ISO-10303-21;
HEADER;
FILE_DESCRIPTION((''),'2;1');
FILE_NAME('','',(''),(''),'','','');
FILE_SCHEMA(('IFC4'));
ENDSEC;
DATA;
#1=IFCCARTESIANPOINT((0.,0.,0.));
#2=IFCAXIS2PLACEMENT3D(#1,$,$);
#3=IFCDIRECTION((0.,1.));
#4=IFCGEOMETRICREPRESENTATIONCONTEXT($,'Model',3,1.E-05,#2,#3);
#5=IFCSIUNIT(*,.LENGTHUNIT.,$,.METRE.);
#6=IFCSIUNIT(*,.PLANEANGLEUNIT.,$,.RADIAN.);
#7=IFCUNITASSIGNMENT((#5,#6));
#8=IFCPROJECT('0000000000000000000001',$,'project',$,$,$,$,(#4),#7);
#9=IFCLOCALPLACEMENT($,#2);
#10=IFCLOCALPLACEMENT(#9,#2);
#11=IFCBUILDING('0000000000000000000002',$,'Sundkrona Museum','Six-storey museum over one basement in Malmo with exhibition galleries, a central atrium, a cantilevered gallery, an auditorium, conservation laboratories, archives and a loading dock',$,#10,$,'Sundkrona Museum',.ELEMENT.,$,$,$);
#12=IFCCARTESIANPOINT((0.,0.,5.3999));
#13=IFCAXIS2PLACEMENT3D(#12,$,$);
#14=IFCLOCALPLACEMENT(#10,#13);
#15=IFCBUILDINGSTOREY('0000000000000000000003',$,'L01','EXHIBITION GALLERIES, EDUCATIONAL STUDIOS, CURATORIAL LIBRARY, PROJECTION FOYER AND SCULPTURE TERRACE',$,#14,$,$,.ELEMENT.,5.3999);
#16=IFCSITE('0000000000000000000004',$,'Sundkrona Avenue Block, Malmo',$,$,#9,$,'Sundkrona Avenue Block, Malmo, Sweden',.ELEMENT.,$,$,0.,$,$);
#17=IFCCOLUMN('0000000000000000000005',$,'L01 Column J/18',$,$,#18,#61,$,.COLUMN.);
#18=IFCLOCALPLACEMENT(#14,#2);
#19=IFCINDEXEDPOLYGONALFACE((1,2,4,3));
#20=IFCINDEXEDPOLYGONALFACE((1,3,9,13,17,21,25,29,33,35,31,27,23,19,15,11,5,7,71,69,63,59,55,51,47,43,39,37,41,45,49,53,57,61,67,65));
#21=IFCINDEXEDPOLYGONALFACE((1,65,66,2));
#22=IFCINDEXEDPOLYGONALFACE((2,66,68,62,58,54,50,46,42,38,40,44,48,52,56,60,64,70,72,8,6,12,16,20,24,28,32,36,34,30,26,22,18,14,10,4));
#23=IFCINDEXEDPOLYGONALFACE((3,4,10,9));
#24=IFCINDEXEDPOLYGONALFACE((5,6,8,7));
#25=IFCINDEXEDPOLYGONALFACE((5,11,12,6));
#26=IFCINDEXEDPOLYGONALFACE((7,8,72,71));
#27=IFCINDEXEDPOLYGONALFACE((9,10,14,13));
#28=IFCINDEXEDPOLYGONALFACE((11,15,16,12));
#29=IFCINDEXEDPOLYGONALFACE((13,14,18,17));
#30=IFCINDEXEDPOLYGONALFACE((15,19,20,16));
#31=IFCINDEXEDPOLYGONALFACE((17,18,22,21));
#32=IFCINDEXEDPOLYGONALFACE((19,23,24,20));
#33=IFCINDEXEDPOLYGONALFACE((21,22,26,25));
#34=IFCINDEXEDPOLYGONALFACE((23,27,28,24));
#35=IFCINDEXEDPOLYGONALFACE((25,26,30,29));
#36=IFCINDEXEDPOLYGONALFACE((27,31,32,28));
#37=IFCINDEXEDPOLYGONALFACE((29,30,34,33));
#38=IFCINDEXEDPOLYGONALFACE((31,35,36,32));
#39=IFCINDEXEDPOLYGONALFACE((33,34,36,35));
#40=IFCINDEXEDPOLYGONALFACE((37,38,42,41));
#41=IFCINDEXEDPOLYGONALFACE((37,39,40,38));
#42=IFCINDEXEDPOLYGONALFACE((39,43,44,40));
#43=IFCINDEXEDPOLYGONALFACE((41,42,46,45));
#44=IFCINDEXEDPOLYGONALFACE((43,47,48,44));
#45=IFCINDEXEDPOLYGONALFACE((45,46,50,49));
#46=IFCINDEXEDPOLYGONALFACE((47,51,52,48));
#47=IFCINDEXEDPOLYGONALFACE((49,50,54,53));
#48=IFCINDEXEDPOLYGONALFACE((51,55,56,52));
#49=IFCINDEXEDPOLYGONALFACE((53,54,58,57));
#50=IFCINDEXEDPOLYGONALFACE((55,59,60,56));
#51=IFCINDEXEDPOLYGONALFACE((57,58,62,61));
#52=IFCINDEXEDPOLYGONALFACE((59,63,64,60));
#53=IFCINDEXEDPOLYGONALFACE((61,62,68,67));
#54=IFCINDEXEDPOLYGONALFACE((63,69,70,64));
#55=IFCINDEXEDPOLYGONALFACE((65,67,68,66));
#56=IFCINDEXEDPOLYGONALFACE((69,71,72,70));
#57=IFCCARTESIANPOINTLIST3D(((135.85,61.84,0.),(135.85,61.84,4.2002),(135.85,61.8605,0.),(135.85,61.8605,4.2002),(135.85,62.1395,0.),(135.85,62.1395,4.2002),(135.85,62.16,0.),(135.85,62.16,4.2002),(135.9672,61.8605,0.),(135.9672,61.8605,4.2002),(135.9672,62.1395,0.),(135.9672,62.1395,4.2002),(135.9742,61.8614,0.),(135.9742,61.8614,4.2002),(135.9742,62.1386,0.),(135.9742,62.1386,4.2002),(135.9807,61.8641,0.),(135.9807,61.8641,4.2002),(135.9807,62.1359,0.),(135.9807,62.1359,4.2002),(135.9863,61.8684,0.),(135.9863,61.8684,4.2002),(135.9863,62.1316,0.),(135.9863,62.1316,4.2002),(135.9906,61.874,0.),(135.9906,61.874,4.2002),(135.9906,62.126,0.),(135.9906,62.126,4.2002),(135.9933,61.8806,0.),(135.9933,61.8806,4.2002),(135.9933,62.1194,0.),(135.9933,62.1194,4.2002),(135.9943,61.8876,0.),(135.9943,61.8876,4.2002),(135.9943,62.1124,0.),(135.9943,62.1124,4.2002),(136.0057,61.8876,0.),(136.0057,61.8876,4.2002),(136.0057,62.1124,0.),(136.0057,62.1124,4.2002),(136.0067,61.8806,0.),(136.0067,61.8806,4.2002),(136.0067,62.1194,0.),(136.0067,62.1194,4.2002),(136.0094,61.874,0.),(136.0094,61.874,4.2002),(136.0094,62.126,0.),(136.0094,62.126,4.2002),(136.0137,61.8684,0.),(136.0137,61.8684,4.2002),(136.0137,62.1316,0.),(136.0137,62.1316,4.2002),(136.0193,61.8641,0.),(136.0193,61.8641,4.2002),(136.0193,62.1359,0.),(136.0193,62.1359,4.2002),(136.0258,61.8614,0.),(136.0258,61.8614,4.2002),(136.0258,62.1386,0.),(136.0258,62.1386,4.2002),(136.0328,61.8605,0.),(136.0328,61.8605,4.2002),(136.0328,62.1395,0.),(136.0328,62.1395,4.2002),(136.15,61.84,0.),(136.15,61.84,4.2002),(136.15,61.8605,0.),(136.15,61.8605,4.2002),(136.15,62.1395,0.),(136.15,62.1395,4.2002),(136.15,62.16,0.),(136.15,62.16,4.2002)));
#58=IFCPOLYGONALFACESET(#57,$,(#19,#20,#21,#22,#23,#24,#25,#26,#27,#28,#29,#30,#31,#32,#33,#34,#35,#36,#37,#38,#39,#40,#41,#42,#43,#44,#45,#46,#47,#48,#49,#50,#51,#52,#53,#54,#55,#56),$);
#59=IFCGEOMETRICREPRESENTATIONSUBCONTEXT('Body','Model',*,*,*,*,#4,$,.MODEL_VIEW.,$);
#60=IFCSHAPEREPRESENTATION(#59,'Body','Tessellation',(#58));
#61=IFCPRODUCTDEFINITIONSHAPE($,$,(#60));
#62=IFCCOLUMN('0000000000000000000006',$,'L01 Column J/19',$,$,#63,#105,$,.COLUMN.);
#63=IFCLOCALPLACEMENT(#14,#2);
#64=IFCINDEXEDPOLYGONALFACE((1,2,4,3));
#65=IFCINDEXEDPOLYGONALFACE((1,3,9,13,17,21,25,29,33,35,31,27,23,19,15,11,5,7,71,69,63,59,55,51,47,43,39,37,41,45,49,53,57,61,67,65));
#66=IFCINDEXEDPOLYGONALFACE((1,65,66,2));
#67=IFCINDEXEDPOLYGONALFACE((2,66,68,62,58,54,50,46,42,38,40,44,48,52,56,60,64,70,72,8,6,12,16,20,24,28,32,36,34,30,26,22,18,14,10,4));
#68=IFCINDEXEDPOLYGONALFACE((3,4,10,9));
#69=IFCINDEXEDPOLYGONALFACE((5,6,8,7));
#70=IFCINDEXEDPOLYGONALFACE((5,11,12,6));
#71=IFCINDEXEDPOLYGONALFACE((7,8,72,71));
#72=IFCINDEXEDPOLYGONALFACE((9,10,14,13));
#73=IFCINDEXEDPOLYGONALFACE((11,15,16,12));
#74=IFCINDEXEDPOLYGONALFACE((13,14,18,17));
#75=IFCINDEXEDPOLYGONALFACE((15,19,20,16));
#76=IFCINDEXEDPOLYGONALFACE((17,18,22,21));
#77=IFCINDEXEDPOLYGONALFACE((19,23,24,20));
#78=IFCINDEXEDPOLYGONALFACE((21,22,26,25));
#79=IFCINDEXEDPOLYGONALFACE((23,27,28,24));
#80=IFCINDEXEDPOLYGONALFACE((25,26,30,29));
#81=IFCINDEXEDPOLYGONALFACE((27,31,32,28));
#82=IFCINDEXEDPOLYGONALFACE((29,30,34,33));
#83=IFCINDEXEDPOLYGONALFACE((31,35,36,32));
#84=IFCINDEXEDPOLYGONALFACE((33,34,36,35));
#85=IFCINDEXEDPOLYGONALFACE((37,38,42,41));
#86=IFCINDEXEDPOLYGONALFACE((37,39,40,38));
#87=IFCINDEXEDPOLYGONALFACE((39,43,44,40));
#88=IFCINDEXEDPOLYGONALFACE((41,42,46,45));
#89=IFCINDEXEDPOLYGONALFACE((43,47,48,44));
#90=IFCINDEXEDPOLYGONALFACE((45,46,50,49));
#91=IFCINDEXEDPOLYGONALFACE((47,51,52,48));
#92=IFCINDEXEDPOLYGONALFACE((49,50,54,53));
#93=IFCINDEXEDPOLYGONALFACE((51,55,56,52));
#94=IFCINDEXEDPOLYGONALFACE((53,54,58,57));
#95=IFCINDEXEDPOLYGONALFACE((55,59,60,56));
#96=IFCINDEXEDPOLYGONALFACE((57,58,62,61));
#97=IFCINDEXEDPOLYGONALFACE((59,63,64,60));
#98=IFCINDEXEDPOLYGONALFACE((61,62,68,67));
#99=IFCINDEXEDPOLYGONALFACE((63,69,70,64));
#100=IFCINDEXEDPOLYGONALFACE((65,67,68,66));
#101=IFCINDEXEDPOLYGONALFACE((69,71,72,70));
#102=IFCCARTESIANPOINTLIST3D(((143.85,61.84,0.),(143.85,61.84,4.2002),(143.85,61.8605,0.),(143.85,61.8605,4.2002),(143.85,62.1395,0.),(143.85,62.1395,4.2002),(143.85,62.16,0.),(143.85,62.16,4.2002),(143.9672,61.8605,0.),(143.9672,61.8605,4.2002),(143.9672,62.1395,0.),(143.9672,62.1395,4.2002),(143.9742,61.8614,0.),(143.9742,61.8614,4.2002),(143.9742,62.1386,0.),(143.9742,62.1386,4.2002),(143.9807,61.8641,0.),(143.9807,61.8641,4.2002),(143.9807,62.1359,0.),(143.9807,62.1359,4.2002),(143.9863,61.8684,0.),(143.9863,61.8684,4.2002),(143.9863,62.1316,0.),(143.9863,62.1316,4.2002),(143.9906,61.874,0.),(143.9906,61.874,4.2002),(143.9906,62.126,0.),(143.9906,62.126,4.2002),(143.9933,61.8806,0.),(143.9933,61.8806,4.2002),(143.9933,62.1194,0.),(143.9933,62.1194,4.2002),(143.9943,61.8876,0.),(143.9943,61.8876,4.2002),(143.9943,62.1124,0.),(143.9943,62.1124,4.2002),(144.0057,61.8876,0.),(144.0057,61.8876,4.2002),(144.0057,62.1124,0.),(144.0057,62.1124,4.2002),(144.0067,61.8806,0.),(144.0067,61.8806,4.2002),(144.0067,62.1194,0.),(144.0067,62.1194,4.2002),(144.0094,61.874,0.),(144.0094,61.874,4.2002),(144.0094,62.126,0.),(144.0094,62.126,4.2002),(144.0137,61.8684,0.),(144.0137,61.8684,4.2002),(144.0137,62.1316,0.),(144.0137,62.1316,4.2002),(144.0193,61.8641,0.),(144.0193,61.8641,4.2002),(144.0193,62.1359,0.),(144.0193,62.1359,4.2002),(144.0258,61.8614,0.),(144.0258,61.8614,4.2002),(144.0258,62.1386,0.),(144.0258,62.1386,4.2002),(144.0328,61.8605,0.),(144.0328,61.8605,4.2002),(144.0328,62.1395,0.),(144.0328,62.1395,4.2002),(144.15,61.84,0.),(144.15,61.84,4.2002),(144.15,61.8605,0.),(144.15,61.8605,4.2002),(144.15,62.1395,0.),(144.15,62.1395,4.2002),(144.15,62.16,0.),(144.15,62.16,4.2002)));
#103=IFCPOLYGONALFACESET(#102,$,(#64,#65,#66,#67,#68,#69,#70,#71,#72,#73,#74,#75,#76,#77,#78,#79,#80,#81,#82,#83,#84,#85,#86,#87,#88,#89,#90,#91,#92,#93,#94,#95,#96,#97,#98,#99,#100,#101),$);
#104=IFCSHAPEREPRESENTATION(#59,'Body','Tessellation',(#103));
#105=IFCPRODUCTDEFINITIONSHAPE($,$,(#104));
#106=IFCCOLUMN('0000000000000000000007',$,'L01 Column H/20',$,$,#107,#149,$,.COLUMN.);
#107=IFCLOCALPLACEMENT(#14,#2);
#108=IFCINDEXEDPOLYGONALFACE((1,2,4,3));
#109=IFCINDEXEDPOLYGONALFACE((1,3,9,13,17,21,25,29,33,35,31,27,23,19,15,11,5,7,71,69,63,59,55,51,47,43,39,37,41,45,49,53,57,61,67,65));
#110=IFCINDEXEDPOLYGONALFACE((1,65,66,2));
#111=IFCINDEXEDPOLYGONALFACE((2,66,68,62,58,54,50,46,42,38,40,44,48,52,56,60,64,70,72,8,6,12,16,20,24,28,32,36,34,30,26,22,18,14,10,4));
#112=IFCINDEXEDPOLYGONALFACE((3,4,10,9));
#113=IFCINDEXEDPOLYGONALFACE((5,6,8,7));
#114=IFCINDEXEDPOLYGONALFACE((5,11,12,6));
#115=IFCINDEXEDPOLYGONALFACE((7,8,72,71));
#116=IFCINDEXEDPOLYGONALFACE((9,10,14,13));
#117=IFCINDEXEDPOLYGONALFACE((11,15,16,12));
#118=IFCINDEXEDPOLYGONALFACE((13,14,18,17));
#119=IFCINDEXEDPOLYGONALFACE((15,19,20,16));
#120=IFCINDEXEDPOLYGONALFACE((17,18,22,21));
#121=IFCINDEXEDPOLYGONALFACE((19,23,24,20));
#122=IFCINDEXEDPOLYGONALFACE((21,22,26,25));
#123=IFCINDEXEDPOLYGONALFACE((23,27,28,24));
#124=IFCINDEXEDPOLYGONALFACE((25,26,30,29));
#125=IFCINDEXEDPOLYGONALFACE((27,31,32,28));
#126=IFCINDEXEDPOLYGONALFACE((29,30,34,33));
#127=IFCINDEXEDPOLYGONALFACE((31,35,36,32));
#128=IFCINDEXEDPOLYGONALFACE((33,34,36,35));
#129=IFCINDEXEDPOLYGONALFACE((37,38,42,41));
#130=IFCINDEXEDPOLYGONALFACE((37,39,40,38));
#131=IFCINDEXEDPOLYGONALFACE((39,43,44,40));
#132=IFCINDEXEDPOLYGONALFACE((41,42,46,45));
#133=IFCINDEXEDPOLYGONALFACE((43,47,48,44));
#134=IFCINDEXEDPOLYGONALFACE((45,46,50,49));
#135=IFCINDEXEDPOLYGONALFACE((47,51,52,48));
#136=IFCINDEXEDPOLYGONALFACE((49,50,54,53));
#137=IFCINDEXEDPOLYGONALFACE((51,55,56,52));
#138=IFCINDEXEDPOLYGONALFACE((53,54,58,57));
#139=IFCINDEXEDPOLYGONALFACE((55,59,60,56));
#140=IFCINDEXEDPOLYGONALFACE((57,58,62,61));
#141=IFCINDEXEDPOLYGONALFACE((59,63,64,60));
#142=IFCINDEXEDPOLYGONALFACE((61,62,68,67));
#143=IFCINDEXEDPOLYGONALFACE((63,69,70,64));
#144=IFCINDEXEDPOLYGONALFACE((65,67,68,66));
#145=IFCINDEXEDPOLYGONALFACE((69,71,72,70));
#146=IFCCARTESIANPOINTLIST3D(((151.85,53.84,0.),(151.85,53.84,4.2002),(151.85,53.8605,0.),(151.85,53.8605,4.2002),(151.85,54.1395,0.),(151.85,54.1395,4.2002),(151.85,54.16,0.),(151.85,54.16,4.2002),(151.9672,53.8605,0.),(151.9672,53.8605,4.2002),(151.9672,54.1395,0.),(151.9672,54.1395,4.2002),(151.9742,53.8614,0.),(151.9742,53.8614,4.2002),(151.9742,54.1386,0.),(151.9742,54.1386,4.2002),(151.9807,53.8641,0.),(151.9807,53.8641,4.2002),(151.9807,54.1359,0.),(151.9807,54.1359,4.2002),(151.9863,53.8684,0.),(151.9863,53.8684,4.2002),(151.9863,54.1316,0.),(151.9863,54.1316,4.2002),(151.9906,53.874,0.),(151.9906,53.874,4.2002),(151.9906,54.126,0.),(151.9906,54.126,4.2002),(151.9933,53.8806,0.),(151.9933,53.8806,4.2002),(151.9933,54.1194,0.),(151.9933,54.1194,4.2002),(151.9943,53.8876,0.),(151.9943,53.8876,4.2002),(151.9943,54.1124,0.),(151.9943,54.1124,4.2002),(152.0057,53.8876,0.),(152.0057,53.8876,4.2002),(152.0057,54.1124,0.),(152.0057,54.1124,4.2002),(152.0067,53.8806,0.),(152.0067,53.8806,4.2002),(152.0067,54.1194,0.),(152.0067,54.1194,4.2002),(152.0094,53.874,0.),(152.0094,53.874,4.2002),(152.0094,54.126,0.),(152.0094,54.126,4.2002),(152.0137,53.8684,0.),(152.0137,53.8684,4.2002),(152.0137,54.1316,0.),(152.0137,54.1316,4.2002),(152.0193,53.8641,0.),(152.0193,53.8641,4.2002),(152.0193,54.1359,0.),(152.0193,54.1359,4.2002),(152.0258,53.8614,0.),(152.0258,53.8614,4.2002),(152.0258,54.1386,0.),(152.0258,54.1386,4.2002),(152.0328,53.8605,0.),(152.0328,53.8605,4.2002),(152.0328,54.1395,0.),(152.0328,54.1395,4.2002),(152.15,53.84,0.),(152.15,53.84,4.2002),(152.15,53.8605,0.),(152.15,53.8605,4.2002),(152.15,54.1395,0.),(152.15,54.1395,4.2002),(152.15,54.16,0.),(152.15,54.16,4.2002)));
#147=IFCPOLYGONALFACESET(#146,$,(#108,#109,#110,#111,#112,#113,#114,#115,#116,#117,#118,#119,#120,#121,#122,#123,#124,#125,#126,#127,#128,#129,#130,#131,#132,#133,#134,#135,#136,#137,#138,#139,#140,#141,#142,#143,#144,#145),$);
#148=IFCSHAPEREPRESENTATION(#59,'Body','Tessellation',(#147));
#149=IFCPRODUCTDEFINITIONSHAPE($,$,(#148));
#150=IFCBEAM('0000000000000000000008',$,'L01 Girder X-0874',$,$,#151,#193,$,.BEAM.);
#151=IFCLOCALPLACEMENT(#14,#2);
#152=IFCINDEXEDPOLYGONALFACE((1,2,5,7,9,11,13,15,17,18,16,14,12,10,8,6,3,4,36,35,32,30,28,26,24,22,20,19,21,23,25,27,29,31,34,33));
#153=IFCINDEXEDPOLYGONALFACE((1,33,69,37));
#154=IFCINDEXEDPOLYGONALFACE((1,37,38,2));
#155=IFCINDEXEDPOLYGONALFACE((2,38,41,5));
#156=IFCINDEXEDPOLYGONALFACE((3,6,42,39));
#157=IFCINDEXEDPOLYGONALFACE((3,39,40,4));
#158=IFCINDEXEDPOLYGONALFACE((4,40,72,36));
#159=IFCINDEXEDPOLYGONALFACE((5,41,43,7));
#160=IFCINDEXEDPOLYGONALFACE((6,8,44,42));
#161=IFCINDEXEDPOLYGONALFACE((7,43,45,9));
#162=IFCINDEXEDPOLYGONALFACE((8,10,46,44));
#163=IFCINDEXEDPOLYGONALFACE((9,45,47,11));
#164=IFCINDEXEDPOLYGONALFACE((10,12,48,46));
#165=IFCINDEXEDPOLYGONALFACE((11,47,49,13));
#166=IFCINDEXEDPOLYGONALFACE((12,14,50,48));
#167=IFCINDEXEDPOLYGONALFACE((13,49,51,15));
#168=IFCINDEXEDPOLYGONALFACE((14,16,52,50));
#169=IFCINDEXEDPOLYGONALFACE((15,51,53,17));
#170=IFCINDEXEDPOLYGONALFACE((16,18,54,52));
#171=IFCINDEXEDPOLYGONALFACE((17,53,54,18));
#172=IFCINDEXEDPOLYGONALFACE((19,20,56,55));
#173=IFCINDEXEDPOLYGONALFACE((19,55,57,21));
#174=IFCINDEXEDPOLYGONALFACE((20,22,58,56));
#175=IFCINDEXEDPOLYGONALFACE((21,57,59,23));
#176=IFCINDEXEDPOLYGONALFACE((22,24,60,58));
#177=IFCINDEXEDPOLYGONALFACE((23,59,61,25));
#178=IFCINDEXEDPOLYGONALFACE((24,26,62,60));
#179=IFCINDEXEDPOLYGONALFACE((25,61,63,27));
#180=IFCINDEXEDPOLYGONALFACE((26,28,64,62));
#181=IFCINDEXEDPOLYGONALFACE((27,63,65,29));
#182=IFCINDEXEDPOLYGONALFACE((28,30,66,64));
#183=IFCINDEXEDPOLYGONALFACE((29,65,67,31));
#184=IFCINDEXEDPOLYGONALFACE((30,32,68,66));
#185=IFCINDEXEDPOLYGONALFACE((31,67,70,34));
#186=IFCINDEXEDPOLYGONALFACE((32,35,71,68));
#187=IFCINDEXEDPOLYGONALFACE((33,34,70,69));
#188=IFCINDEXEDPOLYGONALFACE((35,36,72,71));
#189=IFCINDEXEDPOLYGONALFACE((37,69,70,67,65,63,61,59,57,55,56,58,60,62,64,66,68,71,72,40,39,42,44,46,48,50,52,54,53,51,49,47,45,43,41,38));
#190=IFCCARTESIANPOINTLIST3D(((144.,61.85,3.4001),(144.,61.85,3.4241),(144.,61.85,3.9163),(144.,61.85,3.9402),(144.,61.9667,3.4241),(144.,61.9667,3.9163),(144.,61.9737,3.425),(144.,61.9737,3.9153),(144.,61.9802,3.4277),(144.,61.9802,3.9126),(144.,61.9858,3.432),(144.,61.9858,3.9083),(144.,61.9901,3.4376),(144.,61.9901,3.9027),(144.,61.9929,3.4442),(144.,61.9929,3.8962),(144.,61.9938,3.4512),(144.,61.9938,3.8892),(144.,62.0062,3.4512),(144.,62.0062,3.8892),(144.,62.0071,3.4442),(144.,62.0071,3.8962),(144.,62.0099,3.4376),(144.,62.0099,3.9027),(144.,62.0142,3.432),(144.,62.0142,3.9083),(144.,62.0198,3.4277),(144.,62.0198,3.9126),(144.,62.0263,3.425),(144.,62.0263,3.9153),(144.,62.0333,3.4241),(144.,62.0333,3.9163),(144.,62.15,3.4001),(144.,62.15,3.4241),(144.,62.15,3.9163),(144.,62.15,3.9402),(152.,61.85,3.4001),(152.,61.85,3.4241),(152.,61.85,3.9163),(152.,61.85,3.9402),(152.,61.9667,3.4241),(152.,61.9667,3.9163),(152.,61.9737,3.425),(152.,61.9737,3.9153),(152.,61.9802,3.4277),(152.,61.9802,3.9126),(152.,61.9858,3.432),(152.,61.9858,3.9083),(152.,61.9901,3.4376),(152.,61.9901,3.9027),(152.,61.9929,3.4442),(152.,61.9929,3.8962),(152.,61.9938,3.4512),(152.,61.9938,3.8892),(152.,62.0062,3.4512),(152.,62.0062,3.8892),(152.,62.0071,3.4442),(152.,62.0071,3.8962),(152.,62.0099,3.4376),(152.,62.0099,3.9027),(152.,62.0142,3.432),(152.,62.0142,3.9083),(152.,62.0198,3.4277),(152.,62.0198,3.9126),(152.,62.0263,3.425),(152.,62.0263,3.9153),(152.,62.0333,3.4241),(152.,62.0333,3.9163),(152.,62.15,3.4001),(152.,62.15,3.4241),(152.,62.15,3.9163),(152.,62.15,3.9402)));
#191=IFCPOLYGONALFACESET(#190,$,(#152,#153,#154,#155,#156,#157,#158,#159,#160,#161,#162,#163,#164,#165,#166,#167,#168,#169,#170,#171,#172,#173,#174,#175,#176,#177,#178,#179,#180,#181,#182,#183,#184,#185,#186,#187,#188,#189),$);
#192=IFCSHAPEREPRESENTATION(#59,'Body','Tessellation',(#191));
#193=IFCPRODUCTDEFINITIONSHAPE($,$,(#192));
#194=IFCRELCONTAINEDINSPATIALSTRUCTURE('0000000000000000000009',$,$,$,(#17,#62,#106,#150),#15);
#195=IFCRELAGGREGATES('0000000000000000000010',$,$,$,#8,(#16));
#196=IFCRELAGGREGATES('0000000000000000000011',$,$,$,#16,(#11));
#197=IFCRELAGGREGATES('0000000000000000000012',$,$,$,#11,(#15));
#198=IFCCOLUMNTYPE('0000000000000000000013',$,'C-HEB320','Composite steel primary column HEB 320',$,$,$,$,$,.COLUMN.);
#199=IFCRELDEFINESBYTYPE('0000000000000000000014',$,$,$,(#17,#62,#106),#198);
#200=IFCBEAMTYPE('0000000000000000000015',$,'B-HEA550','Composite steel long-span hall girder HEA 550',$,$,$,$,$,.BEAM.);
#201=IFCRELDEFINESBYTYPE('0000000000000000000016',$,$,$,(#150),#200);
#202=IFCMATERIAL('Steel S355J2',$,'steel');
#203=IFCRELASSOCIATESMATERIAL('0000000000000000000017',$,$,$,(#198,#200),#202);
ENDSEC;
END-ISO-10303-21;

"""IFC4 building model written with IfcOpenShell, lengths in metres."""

from ifc_helpers import new_model, si_unit, direction, frame, origin, origin_2d, place, context, subcontext, project, spatial, i_section, extrude, material, material_profile, profile_set, type_object, element, save


model = new_model("IFC4")

# Units and contexts
model_context = context("Model", 3, precision=1e-05, world=origin(), true_north=direction((0.0, 1.0)))
body_context = subcontext(model_context, "Body", "Model", "MODEL_VIEW")
ifc_project = project(units=[si_unit("LENGTHUNIT", "METRE"), si_unit("PLANEANGLEUNIT", "RADIAN")], contexts=[model_context])

# Site, building, storey
site_placement = place(None, origin())
site = spatial("IfcSite", under=ifc_project, at=site_placement, Name="Sundkrona Avenue Block, Malmo", LongName="Sundkrona Avenue Block, Malmo, Sweden", CompositionType="ELEMENT", RefElevation=0.0)
building_placement = place(site_placement, origin())
building = spatial("IfcBuilding", under=site, at=building_placement, Name="Sundkrona Museum", Description="Six-storey museum over one basement in Malmo with exhibition galleries, a central atrium, a cantilevered gallery, an auditorium, conservation laboratories, archives and a loading dock", LongName="Sundkrona Museum", CompositionType="ELEMENT")
storey_placement = place(building_placement, frame((0.0, 0.0, 5.3999)))
storey = spatial("IfcBuildingStorey", under=building, at=storey_placement, Name="L01", Description="EXHIBITION GALLERIES, EDUCATIONAL STUDIOS, CURATORIAL LIBRARY, PROJECTION FOYER AND SCULPTURE TERRACE", CompositionType="ELEMENT", Elevation=5.3999)

# Columns
ifc_material_1 = material(Name="Steel S355J2", Category="steel")
ifc_material_profile_1 = material_profile(ifc_material_1, i_section(OverallWidth=0.3, OverallDepth=0.3201, WebThickness=0.0115, FlangeThickness=0.0205, FilletRadius=0.0271, at=origin_2d()), Name="HEB 320")
ifc_profile_set_1 = profile_set([ifc_material_profile_1], Name="Steel S355J2")
column_type = type_object("IfcColumnType", Name="C-HEB320", Description="Composite steel primary column HEB 320", PredefinedType="COLUMN", material=ifc_profile_set_1)
for number, where, z_axis, x_axis, name in (
    (1, (136.0, 62.0, 0.0), (0.0, 0.0, 1.0), (1.0, 0.0, 0.0), "L01 Column J/18"),
    (2, (144.0, 62.0, 0.0), (0.0, 0.0, 1.0), (1.0, 0.0, 0.0), "L01 Column J/19"),
    (3, (152.0, 54.0, 0.0), (0.0, 0.0, 1.0), (1.0, 0.0, 0.0), "L01 Column H/20"),
):
    element("IfcColumn", number, at=place(storey_placement, frame(where, z_axis=z_axis, x_axis=x_axis)), inside=storey, type_object=column_type, Name=name, PredefinedType="COLUMN", context=body_context, shape_type="SweptSolid", body=[
        extrude(i_section(OverallWidth=0.3, OverallDepth=0.3201, WebThickness=0.0115, FlangeThickness=0.0205, FilletRadius=0.0271, at=origin_2d()), origin(), (0.0, 0.0, 1.0), 4.2002),
    ])

# Beam
ifc_material_profile_2 = material_profile(ifc_material_1, i_section(OverallWidth=0.3, OverallDepth=0.54, WebThickness=0.0125, FlangeThickness=0.0239, FilletRadius=0.0271, at=origin_2d()), Name="HEA 550")
ifc_profile_set_2 = profile_set([ifc_material_profile_2], Name="Steel S355J2")
beam_type_1 = type_object("IfcBeamType", Name="B-HEA550", Description="Composite steel long-span hall girder HEA 550", PredefinedType="BEAM", material=ifc_profile_set_2)
for number, where, z_axis, x_axis, name in (
    (4, (144.0, 62.0, 3.6702), (1.0, 0.0, 0.0), (0.0, 1.0, 0.0), "L01 Girder X-0874"),
):
    element("IfcBeam", number, at=place(storey_placement, frame(where, z_axis=z_axis, x_axis=x_axis)), inside=storey, type_object=beam_type_1, Name=name, PredefinedType="BEAM", context=body_context, shape_type="SweptSolid", body=[
        extrude(i_section(OverallWidth=0.3, OverallDepth=0.54, WebThickness=0.0125, FlangeThickness=0.0239, FilletRadius=0.0271, at=origin_2d()), origin(), (0.0, 0.0, 1.0), 8.0),
    ])

save(model, "model.ifc")
